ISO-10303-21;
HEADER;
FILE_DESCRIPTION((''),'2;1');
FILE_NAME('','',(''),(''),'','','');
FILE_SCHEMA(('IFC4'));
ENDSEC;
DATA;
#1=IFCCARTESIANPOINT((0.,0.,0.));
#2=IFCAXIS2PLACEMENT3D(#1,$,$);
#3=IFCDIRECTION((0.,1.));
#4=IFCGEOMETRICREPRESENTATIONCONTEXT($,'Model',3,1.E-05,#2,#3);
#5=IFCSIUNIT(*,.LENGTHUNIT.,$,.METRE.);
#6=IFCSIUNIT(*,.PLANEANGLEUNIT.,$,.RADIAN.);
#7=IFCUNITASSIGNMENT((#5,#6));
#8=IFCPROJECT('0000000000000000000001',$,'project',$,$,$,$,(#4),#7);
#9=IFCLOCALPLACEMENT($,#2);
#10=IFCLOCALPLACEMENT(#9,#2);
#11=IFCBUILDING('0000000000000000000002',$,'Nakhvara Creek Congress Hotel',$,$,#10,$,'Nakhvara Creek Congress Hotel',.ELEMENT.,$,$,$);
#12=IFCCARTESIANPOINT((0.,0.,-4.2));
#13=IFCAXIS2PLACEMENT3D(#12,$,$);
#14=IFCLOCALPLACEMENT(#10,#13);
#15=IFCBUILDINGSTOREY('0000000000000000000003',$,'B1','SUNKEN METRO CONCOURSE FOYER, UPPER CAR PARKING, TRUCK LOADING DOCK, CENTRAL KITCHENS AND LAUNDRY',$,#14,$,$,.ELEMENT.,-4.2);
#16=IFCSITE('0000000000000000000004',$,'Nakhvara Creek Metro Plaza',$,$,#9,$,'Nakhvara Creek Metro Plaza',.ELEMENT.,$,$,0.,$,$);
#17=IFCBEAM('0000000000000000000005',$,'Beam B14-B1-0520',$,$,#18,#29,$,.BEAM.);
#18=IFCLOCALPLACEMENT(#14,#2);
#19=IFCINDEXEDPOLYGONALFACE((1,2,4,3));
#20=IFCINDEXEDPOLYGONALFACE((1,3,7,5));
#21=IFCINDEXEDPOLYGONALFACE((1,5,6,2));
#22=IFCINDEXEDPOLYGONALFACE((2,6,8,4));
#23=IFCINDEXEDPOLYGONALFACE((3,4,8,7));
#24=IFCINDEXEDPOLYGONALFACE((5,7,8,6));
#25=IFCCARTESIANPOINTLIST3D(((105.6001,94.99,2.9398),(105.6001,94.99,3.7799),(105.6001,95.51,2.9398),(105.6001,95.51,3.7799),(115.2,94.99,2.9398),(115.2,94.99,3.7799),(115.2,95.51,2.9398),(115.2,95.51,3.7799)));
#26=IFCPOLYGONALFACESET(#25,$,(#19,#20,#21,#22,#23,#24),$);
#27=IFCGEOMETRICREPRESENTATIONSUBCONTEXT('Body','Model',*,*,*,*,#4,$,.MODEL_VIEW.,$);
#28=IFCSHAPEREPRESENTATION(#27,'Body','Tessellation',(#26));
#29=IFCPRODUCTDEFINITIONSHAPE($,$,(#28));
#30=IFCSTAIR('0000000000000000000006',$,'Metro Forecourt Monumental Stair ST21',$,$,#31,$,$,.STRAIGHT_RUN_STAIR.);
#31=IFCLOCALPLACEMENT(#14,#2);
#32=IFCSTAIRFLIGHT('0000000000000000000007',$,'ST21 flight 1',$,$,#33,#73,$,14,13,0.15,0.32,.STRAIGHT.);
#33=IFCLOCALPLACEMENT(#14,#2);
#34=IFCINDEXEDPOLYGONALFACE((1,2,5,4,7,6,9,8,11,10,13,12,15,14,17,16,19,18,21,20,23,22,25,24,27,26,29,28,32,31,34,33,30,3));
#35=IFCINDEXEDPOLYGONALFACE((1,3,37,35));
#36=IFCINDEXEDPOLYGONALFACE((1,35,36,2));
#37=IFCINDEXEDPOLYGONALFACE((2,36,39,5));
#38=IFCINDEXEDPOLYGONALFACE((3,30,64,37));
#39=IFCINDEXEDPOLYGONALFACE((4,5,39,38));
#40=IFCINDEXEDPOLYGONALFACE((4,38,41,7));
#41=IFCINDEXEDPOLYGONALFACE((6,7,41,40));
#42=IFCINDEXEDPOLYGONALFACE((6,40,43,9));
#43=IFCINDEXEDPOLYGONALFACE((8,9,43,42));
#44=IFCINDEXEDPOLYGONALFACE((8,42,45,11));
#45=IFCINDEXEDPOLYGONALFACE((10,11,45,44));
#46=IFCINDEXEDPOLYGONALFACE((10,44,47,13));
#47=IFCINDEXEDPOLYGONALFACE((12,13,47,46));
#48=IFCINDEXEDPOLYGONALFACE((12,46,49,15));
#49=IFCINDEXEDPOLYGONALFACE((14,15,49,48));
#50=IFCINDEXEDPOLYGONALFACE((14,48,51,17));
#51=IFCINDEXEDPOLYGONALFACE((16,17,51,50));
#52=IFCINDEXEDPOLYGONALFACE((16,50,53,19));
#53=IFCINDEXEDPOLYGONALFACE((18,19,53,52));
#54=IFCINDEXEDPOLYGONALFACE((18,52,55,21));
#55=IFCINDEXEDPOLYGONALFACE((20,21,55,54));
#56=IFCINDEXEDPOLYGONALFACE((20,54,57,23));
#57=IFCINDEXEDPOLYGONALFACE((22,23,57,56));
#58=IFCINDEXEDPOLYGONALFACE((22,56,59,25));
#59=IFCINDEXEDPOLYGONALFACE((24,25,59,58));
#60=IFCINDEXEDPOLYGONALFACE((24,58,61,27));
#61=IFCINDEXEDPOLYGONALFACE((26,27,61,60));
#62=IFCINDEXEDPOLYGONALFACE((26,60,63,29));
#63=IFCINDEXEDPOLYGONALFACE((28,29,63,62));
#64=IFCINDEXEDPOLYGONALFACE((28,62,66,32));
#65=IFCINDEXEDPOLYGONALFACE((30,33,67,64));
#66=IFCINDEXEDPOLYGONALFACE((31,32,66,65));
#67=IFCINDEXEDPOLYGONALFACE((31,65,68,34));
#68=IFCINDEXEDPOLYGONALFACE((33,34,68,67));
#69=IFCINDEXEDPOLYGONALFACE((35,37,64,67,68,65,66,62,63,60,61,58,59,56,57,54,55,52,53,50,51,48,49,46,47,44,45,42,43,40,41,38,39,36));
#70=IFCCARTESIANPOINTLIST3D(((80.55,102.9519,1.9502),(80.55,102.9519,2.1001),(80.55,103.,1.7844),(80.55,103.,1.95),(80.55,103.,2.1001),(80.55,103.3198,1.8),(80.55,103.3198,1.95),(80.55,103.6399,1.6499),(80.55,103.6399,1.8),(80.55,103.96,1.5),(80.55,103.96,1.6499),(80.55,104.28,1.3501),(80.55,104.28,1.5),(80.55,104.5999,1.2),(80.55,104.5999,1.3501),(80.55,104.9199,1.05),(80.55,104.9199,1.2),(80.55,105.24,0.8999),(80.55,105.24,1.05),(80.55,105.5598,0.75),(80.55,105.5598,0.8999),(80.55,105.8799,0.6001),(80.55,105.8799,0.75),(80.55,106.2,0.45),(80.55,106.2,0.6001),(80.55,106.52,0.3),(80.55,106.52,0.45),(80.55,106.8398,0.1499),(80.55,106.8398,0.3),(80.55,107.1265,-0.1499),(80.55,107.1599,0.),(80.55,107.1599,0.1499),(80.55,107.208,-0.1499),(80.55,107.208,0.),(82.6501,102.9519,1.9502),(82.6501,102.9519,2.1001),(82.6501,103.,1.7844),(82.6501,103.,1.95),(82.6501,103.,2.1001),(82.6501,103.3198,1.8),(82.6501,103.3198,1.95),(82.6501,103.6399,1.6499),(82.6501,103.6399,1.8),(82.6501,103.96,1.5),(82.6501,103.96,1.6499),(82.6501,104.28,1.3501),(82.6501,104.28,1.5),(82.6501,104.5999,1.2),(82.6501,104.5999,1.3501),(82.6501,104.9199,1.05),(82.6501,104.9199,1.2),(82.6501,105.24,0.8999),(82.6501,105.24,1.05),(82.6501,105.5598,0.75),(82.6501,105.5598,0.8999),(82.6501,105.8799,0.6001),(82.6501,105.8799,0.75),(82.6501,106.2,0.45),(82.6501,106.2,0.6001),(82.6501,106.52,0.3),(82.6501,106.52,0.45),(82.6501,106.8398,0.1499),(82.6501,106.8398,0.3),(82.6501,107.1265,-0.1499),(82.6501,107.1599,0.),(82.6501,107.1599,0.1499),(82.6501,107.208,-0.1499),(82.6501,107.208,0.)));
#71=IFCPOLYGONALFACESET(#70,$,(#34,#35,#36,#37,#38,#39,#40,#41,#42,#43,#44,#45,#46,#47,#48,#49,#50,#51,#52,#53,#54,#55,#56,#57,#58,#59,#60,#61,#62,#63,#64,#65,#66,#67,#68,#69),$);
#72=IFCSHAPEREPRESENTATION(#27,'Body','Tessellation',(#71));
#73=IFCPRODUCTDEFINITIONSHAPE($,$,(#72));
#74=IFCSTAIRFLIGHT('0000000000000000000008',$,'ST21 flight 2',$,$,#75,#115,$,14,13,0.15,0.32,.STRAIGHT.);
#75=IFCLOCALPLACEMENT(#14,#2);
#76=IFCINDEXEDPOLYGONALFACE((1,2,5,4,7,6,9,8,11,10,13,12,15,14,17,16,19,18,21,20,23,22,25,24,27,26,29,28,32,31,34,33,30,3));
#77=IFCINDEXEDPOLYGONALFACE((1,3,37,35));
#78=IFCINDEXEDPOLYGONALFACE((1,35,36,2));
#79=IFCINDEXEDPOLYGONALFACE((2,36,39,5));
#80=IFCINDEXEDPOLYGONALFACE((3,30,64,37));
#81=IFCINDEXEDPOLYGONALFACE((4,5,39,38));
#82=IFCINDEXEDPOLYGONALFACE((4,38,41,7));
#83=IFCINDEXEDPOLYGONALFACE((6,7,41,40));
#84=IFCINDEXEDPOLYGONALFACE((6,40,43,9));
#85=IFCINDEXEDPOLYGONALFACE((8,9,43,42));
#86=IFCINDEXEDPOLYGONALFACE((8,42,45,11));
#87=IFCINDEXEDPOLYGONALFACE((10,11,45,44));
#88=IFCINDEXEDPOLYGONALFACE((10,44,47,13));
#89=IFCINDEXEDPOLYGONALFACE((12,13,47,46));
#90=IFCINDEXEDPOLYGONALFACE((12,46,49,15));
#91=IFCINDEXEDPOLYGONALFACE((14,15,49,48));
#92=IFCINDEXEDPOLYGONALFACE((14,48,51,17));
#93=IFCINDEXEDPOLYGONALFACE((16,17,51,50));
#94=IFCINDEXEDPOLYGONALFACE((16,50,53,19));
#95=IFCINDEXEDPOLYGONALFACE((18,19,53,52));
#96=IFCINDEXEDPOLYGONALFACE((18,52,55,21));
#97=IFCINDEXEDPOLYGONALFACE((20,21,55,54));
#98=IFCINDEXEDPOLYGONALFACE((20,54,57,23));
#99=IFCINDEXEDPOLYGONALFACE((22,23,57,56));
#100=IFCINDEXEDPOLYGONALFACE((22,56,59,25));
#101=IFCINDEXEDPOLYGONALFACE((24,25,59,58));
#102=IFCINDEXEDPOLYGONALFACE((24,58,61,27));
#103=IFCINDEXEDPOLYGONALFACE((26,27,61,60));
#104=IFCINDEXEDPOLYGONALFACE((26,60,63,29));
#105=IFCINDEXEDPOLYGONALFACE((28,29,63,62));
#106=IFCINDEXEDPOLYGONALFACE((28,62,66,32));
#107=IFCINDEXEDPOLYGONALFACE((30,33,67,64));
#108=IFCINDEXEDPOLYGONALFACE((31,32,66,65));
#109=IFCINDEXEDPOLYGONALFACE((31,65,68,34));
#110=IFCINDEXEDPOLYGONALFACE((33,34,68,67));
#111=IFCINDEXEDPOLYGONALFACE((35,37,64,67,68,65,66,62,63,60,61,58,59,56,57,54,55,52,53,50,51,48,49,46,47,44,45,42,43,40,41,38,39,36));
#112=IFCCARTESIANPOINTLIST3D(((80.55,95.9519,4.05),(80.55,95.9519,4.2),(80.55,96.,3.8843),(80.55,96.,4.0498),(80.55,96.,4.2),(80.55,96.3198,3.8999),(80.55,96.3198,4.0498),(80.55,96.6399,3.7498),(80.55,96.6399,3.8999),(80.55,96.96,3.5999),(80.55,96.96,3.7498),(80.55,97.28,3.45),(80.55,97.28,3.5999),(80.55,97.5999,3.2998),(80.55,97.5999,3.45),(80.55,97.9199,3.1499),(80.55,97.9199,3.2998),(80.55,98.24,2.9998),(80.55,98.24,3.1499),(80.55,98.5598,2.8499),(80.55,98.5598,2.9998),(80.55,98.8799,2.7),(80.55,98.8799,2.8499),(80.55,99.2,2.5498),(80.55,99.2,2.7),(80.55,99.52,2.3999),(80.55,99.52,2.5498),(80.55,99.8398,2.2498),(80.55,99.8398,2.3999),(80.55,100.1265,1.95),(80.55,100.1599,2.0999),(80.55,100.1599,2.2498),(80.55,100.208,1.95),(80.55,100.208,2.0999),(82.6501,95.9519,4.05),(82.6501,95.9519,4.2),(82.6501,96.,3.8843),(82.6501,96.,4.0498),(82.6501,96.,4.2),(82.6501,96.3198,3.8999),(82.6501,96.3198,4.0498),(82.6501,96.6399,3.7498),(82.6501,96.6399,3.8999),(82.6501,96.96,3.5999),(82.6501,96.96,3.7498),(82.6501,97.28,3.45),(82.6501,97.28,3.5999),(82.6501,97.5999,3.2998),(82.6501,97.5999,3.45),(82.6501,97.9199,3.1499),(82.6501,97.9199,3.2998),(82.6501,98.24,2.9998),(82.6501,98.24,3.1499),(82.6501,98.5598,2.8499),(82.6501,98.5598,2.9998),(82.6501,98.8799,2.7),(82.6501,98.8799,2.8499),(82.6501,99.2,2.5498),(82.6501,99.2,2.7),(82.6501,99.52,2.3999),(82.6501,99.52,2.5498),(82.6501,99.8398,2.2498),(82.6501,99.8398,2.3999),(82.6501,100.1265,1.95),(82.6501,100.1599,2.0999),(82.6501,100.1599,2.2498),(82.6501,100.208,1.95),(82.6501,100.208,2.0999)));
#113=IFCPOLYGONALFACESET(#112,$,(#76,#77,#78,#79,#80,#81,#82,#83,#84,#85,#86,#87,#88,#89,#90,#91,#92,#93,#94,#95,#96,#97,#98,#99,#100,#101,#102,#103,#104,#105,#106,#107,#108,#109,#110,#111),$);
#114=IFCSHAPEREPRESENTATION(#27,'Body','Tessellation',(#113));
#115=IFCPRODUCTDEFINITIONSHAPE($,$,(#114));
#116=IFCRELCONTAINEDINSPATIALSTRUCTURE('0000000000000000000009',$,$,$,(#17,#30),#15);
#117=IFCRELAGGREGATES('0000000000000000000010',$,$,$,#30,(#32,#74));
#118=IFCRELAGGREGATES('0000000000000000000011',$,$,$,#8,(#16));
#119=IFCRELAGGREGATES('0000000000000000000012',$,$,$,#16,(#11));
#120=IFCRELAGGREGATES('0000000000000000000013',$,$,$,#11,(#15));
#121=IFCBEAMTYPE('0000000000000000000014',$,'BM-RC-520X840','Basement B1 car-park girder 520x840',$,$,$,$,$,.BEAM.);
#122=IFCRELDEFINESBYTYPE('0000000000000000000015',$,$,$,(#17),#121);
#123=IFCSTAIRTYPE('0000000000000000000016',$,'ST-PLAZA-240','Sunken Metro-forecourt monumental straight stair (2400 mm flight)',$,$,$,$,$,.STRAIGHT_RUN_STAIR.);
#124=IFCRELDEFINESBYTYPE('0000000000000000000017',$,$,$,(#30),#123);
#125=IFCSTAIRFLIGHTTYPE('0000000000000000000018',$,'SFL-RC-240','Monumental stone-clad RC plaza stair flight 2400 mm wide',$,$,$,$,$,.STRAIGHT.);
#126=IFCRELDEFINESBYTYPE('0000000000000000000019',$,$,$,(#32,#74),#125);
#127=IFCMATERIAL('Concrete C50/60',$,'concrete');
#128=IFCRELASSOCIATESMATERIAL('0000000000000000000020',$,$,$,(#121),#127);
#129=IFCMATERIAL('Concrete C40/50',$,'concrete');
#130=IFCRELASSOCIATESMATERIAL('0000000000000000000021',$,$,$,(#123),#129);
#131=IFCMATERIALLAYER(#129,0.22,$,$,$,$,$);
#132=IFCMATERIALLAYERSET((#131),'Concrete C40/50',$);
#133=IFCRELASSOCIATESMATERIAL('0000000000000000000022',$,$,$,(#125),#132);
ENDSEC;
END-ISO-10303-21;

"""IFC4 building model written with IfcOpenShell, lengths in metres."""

from ifc_helpers import new_model, si_unit, direction, frame, origin, origin_2d, place, context, subcontext, project, spatial, polyline, rectangle, outline, extrude, material, layer, layer_set, material_profile, profile_set, type_object, element, aggregate, save


model = new_model("IFC4")

# Units and contexts
model_context = context("Model", 3, precision=1e-05, world=origin(), true_north=direction((0.0, 1.0)))
body_context = subcontext(model_context, "Body", "Model", "MODEL_VIEW")
ifc_project = project(units=[si_unit("LENGTHUNIT", "METRE"), si_unit("PLANEANGLEUNIT", "RADIAN")], contexts=[model_context])

# Site, building, storey
site_placement = place(None, origin())
site = spatial("IfcSite", under=ifc_project, at=site_placement, Name="Nakhvara Creek Metro Plaza", LongName="Nakhvara Creek Metro Plaza", CompositionType="ELEMENT", RefElevation=0.0)
building_placement = place(site_placement, origin())
building = spatial("IfcBuilding", under=site, at=building_placement, Name="Nakhvara Creek Congress Hotel", LongName="Nakhvara Creek Congress Hotel", CompositionType="ELEMENT")
storey_placement = place(building_placement, frame((0.0, 0.0, -4.2)))
storey = spatial("IfcBuildingStorey", under=building, at=storey_placement, Name="B1", Description="SUNKEN METRO CONCOURSE FOYER, UPPER CAR PARKING, TRUCK LOADING DOCK, CENTRAL KITCHENS AND LAUNDRY", CompositionType="ELEMENT", Elevation=-4.2)

# Shared definitions
ifc_material_1 = material(Name="Concrete C50/60", Category="concrete")

# Beam
ifc_material_2 = material(Name="Concrete C40/50", Category="concrete")
ifc_material_profile_1 = material_profile(ifc_material_1, rectangle(XDim=0.52, YDim=0.8401, at=origin_2d()), Name="RC-BM 520x840", Category="LoadBearing")
ifc_profile_set_1 = profile_set([ifc_material_profile_1], Name="Concrete C50/60")
beam_type_1 = type_object("IfcBeamType", Name="BM-RC-520X840", Description="Basement B1 car-park girder 520x840", PredefinedType="BEAM", material=ifc_profile_set_1)
beam_1_placement = place(storey_placement, frame((105.6001, 95.25, 3.3599), z_axis=(1.0, 0.0, 0.0), x_axis=(0.0, 1.0, 0.0)))
element("IfcBeam", 1, at=beam_1_placement, inside=storey, type_object=beam_type_1, Name="Beam B14-B1-0520", PredefinedType="BEAM", context=body_context, shape_type="SweptSolid", body=[
    extrude(rectangle(XDim=0.52, YDim=0.8401, at=origin_2d()), origin(), (0.0, 0.0, 1.0), 9.5999),
])

# Stair, stair flights
stair_type = type_object("IfcStairType", Name="ST-PLAZA-240", Description="Sunken Metro-forecourt monumental straight stair (2400 mm flight)", PredefinedType="STRAIGHT_RUN_STAIR", material=ifc_material_2)
stair_placement = place(storey_placement, origin())
stair = element("IfcStair", 2, at=stair_placement, inside=storey, type_object=stair_type, Name="Metro Forecourt Monumental Stair ST21", PredefinedType="STRAIGHT_RUN_STAIR")
ifc_layer_1 = layer(ifc_material_2, 0.22)
ifc_layer_set_1 = layer_set([ifc_layer_1], Name="Concrete C40/50")
stair_flight_type = type_object("IfcStairFlightType", Name="SFL-RC-240", Description="Monumental stone-clad RC plaza stair flight 2400 mm wide", PredefinedType="STRAIGHT", material=ifc_layer_set_1)
stair_flight_1_placement = place(storey_placement, frame((81.6001, 107.1599, 0.0), z_axis=(0.0, 0.0, 1.0), x_axis=(0.0, -1.0, 0.0)))
stair_flight_1 = element("IfcStairFlight", 3, at=stair_flight_1_placement, type_object=stair_flight_type, Name="ST21 flight 1", NumberOfRisers=14, NumberOfTreads=13, PredefinedType="STRAIGHT", RiserHeight=0.15, TreadLength=0.32, context=body_context, shape_type="SweptSolid", body=[
    extrude(outline(polyline([(-0.0481, 0.0), (0.0, 0.0), (0.0, 0.1499), (0.3201, 0.1499), (0.3201, 0.3), (0.6399, 0.3), (0.6399, 0.45), (0.96, 0.45), (0.96, 0.6001), (1.28, 0.6001), (1.28, 0.75), (1.6001, 0.75), (1.6001, 0.8999), (1.9199, 0.8999), (1.9199, 1.05), (2.24, 1.05), (2.24, 1.2), (2.5601, 1.2), (2.5601, 1.3501), (2.8799, 1.3501), (2.8799, 1.5), (3.2, 1.5), (3.2, 1.6499), (3.52, 1.6499), (3.52, 1.8), (3.8401, 1.8), (3.8401, 1.95), (4.1599, 1.95), (4.1599, 2.1001), (4.208, 2.1001), (4.208, 1.9502), (4.1599, 1.7844), (0.0334, -0.1499), (-0.0481, -0.1499), (-0.0481, 0.0)])), frame((0.0, 1.05, 0.0), z_axis=(0.0, -1.0, 0.0), x_axis=(1.0, 0.0, 0.0)), (0.0, 0.0, 1.0), 2.1001),
])
stair_flight_2_placement = place(storey_placement, frame((81.6001, 100.1599, 2.0999), z_axis=(0.0, 0.0, 1.0), x_axis=(0.0, -1.0, 0.0)))
stair_flight_2 = element("IfcStairFlight", 4, at=stair_flight_2_placement, type_object=stair_flight_type, Name="ST21 flight 2", NumberOfRisers=14, NumberOfTreads=13, PredefinedType="STRAIGHT", RiserHeight=0.15, TreadLength=0.32, context=body_context, shape_type="SweptSolid", body=[
    extrude(outline(polyline([(-0.0481, 0.0), (0.0, 0.0), (0.0, 0.1499), (0.3201, 0.1499), (0.3201, 0.3), (0.6399, 0.3), (0.6399, 0.45), (0.96, 0.45), (0.96, 0.6001), (1.28, 0.6001), (1.28, 0.75), (1.6001, 0.75), (1.6001, 0.8999), (1.9199, 0.8999), (1.9199, 1.05), (2.24, 1.05), (2.24, 1.2), (2.5601, 1.2), (2.5601, 1.3501), (2.8799, 1.3501), (2.8799, 1.5), (3.2, 1.5), (3.2, 1.6499), (3.52, 1.6499), (3.52, 1.8), (3.8401, 1.8), (3.8401, 1.95), (4.1599, 1.95), (4.1599, 2.1001), (4.208, 2.1001), (4.208, 1.9502), (4.1599, 1.7844), (0.0334, -0.1499), (-0.0481, -0.1499), (-0.0481, 0.0)])), frame((0.0, 1.05, 0.0), z_axis=(0.0, -1.0, 0.0), x_axis=(1.0, 0.0, 0.0)), (0.0, 0.0, 1.0), 2.1001),
])
aggregate(stair, [stair_flight_1, stair_flight_2])

save(model, "model.ifc")
